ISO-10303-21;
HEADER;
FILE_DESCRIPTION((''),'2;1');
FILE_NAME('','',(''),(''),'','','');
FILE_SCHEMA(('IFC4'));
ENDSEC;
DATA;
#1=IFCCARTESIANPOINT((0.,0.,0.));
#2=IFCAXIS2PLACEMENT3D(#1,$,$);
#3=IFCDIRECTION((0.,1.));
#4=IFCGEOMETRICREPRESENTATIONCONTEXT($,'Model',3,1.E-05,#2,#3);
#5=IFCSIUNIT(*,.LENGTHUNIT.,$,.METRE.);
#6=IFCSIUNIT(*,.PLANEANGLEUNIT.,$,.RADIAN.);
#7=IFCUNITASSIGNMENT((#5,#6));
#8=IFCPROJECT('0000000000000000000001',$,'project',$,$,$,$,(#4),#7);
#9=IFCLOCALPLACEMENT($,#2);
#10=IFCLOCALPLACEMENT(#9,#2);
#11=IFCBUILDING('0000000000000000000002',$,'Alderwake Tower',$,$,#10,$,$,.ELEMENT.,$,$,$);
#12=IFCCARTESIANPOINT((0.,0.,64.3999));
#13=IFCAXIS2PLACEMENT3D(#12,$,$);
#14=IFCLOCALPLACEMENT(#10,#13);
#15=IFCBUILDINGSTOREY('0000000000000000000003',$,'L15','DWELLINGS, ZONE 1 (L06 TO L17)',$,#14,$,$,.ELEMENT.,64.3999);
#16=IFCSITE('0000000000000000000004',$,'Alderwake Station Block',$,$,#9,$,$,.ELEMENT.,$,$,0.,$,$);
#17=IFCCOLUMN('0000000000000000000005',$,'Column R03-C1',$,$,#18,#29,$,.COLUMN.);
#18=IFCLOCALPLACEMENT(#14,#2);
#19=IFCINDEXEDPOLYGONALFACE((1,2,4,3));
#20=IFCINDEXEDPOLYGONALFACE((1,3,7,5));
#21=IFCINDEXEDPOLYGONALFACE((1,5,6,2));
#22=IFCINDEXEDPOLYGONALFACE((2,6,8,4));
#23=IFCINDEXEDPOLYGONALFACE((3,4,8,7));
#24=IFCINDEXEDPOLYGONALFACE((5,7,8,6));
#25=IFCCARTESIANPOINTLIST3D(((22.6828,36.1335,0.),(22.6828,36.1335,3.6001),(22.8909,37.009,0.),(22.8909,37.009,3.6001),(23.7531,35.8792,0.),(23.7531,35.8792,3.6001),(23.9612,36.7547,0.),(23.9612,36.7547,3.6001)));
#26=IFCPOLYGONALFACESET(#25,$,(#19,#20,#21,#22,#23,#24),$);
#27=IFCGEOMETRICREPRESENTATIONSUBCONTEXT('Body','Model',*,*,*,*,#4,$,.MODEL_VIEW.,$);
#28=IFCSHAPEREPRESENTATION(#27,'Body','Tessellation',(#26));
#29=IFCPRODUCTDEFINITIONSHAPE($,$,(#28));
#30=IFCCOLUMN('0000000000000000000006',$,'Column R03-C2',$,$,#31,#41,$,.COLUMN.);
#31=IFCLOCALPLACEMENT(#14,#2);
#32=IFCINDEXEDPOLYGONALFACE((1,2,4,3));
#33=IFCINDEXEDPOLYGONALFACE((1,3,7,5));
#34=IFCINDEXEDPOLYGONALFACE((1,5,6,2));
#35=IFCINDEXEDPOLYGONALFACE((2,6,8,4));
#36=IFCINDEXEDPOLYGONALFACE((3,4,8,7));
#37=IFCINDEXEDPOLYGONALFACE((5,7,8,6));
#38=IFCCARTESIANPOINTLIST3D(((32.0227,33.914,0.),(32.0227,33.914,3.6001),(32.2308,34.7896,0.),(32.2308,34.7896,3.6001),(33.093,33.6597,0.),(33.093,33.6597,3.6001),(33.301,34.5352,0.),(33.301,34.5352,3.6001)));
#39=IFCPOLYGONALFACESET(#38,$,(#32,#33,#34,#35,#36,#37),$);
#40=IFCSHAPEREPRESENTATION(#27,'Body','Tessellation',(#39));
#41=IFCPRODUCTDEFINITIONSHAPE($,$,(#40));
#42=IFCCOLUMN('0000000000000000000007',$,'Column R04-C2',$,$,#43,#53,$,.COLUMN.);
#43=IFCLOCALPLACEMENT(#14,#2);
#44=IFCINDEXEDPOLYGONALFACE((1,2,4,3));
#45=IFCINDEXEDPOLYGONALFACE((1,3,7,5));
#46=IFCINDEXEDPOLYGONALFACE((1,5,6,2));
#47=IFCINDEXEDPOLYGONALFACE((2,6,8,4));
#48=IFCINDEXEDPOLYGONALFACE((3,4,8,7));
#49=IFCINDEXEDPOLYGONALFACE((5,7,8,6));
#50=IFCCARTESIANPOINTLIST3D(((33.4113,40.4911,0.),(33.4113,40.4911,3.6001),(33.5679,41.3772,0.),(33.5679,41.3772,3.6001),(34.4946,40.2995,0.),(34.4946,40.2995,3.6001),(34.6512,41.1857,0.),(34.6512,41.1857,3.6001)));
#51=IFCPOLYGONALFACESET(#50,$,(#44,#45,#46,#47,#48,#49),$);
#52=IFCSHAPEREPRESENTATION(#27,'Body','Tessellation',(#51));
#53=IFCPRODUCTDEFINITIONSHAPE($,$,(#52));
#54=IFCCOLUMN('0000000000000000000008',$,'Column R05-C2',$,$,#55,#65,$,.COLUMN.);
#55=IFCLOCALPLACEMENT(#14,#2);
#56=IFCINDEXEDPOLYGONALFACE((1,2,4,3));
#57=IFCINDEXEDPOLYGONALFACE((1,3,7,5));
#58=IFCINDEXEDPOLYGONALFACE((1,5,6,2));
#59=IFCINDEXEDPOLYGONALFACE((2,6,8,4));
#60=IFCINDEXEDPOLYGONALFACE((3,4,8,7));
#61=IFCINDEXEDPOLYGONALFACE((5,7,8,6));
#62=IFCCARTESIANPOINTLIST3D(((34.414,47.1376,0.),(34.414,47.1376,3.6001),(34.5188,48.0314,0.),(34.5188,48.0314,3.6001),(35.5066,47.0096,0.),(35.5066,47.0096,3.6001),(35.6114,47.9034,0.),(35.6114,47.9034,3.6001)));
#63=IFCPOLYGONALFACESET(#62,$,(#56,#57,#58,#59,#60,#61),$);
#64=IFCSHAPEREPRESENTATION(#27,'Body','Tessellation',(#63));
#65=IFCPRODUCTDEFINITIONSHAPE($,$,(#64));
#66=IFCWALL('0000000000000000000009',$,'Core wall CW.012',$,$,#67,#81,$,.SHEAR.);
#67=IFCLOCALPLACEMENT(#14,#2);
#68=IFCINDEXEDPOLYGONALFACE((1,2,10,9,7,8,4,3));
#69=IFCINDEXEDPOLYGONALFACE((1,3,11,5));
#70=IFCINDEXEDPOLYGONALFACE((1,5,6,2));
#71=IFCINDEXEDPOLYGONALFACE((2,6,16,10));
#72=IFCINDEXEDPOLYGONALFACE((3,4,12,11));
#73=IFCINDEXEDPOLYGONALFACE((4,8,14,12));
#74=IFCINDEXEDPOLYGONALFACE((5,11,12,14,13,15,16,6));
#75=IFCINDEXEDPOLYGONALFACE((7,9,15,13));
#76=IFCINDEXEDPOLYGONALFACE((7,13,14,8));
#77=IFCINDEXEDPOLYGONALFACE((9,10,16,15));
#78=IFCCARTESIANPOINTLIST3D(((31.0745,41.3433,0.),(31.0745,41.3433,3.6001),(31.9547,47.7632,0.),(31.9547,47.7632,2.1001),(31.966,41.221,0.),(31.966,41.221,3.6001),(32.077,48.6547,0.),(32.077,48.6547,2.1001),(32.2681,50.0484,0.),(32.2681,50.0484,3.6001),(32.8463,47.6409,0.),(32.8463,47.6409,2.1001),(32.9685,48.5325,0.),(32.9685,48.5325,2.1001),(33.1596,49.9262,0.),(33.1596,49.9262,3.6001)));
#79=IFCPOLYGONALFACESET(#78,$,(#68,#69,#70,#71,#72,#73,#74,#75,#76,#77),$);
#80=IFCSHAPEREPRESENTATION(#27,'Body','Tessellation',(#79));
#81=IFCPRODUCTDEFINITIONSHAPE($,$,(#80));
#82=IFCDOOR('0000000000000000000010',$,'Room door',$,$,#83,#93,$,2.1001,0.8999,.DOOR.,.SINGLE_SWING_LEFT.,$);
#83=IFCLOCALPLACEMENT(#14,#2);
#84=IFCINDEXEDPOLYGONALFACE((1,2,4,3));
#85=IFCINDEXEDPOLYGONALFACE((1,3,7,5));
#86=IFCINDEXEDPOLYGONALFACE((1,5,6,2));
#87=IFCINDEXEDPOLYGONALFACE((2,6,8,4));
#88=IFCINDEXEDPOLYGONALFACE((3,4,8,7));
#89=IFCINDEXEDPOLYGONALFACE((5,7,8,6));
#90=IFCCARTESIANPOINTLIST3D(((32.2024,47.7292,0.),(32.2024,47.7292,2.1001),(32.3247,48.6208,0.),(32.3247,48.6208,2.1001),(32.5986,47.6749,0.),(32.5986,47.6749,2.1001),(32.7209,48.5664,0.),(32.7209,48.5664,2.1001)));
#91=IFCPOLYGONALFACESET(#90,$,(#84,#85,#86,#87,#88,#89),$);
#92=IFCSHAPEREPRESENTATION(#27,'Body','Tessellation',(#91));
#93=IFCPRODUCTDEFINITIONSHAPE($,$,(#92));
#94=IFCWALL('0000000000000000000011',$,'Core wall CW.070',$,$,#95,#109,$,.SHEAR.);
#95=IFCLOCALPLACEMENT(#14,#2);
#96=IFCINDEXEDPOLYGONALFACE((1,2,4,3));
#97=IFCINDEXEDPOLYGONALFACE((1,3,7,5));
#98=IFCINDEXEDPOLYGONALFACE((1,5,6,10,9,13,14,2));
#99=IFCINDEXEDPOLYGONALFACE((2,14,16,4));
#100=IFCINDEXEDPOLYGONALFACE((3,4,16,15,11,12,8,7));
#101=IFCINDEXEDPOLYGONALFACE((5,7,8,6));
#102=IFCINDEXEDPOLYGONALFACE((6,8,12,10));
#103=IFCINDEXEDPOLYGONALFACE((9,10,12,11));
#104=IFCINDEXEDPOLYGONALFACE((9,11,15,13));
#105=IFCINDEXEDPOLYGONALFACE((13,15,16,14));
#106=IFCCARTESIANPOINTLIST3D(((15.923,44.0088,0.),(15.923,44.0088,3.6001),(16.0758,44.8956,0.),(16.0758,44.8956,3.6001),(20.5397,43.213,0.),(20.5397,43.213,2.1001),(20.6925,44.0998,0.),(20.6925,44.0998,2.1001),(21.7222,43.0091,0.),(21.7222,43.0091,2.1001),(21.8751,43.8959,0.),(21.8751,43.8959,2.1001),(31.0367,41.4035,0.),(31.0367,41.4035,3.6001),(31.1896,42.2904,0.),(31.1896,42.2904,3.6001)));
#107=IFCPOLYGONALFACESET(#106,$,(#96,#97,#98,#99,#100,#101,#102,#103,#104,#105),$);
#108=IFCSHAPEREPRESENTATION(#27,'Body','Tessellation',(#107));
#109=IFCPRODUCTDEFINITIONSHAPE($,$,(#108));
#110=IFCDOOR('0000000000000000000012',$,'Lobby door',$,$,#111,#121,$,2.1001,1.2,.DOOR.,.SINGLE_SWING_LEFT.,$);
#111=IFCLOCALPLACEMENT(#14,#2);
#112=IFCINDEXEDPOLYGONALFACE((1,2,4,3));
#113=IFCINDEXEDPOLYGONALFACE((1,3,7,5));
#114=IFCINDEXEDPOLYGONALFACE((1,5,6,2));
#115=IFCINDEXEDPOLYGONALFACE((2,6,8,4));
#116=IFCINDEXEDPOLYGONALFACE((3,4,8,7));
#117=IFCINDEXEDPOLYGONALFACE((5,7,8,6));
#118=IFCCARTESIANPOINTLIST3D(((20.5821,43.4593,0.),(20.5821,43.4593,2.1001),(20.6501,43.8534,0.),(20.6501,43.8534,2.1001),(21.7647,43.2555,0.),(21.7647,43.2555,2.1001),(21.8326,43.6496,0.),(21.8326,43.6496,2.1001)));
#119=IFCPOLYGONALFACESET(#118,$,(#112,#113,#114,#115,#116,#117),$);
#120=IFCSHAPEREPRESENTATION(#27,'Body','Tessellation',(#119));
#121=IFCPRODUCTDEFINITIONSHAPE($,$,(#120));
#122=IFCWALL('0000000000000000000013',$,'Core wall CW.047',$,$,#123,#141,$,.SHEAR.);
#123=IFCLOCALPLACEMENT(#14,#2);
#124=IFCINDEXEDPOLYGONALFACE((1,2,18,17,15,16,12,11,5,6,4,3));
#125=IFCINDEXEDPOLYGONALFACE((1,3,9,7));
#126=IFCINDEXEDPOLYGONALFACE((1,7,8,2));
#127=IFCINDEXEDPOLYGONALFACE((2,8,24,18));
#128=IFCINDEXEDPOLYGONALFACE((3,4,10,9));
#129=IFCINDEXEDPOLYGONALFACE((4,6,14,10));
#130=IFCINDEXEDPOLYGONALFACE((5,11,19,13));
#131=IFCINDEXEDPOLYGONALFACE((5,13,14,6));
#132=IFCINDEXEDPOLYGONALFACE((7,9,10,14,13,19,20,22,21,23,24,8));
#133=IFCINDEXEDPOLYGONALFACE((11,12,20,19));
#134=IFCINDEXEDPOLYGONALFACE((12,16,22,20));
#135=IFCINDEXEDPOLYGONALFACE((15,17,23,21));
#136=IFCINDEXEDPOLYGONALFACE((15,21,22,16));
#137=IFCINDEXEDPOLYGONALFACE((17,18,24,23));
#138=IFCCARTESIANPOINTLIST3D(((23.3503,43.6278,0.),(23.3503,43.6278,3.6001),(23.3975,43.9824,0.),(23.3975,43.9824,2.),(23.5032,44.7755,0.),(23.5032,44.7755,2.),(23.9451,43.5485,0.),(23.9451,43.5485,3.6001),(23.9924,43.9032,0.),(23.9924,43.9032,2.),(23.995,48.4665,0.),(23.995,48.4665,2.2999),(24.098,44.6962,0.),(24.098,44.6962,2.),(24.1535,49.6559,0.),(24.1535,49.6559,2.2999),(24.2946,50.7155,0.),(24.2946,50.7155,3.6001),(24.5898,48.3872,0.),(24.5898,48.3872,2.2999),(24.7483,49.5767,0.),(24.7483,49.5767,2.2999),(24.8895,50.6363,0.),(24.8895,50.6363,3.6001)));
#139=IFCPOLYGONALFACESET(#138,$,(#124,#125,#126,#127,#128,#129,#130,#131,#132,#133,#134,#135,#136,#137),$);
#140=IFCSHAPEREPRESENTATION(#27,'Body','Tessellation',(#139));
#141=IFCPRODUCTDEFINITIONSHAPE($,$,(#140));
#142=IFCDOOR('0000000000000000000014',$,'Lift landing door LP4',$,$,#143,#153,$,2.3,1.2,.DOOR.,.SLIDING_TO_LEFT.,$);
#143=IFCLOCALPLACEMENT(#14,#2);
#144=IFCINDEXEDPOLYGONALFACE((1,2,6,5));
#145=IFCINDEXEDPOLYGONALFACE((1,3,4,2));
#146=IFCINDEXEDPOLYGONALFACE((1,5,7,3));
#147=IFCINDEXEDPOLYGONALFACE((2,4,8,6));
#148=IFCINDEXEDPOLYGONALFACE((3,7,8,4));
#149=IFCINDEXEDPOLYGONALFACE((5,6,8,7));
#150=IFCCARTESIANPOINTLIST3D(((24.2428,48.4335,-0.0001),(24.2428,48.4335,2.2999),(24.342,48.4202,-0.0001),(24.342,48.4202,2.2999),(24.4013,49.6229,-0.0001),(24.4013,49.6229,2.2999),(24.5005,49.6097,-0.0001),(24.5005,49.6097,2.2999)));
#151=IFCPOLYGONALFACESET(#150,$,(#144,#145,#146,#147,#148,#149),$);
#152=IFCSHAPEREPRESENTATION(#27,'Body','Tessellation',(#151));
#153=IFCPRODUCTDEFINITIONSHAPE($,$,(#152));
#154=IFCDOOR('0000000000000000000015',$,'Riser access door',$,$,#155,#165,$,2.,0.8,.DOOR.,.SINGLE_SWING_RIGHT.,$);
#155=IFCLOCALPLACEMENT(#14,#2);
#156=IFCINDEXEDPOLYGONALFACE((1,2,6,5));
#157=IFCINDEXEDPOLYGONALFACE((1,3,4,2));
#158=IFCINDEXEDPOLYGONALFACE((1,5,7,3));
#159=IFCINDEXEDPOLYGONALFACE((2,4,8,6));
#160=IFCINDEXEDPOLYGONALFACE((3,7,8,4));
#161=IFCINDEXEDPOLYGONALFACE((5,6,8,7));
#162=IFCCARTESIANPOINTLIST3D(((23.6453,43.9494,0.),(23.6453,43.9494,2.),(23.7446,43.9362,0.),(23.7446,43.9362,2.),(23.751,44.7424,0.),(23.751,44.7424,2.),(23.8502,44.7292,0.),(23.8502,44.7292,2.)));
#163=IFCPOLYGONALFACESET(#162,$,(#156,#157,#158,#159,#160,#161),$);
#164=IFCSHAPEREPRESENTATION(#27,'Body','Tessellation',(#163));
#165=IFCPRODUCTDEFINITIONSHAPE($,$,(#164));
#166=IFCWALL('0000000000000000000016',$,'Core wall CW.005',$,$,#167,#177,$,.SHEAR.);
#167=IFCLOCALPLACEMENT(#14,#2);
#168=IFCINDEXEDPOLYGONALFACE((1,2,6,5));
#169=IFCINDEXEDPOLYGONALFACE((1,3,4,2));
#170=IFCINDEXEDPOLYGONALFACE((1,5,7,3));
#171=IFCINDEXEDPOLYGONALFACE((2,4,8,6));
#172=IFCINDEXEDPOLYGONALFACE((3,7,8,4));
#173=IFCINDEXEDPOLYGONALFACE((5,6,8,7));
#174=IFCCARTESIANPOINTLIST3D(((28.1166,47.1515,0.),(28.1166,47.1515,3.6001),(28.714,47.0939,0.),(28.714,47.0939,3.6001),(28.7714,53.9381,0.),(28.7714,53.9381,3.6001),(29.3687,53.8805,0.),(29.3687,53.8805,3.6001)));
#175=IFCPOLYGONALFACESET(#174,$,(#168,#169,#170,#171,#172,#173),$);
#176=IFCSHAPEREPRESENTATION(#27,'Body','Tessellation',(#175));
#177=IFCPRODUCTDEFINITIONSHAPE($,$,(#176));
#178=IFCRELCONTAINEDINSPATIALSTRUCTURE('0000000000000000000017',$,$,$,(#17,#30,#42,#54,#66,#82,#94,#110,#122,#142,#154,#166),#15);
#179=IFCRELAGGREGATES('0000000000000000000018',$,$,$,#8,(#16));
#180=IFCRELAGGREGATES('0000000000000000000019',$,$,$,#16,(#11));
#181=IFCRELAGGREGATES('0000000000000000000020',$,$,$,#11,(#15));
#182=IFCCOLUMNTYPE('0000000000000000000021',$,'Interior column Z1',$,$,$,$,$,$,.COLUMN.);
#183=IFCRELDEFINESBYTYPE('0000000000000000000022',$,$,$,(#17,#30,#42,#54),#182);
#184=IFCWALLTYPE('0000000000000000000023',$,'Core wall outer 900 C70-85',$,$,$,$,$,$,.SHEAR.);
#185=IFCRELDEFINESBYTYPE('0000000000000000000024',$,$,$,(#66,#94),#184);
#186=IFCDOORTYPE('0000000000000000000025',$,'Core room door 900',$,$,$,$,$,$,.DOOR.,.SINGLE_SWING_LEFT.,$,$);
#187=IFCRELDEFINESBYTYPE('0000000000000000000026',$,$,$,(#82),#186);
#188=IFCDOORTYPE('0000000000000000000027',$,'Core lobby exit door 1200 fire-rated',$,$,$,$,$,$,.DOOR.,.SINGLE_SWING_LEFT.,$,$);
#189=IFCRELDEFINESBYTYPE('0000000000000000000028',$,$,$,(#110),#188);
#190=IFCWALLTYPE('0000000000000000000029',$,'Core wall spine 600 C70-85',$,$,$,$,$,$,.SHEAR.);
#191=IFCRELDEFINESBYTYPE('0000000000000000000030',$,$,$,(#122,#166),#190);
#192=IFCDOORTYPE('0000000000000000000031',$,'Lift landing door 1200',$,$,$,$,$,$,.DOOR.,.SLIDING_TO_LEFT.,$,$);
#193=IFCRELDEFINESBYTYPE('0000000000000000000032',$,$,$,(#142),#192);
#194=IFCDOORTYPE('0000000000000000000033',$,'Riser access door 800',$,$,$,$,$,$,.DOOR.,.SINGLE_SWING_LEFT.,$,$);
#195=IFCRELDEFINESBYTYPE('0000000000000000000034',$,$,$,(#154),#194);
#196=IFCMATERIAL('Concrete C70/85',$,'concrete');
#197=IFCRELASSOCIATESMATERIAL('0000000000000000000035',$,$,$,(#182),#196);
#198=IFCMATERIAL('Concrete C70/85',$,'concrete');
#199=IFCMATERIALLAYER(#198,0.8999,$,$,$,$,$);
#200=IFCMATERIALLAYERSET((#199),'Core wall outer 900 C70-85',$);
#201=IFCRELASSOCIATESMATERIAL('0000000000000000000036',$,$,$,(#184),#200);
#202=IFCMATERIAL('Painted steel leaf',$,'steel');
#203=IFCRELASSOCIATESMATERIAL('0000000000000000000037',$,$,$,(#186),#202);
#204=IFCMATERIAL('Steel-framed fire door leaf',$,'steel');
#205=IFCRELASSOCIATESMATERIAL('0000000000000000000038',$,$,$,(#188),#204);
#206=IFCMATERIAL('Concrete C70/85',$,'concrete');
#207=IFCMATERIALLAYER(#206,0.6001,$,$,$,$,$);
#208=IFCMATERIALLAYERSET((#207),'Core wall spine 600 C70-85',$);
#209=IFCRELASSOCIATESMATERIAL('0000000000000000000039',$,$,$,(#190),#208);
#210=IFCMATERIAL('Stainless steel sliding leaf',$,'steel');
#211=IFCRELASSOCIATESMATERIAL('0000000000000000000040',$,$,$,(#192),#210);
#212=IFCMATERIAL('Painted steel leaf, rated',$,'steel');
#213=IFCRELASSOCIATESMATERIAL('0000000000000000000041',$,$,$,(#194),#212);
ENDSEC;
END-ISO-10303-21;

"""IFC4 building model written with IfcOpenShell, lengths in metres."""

from ifc_helpers import new_model, si_unit, direction, frame, frame_2d, origin, origin_2d, place, context, subcontext, project, spatial, rectangle, extrude, material, layer, layer_set, material_profile, profile_set, type_object, element, fill, save


model = new_model("IFC4")

# Units and contexts
model_context = context("Model", 3, precision=1e-05, world=origin(), true_north=direction((0.0, 1.0)))
body_context = subcontext(model_context, "Body", "Model", "MODEL_VIEW")
ifc_project = project(units=[si_unit("LENGTHUNIT", "METRE"), si_unit("PLANEANGLEUNIT", "RADIAN")], contexts=[model_context])

# Site, building, storey
site_placement = place(None, origin())
site = spatial("IfcSite", under=ifc_project, at=site_placement, Name="Alderwake Station Block", CompositionType="ELEMENT", RefElevation=0.0)
building_placement = place(site_placement, origin())
building = spatial("IfcBuilding", under=site, at=building_placement, Name="Alderwake Tower", CompositionType="ELEMENT")
storey_placement = place(building_placement, frame((0.0, 0.0, 64.3999)))
storey = spatial("IfcBuildingStorey", under=building, at=storey_placement, Name="L15", Description="DWELLINGS, ZONE 1 (L06 TO L17)", CompositionType="ELEMENT", Elevation=64.3999)

# Columns
ifc_material_1 = material(Name="Concrete C70/85", Category="concrete")
ifc_material_profile = material_profile(ifc_material_1, rectangle(XDim=0.8999, YDim=1.1001, at=origin_2d()), Name="RC 1100X900")
ifc_profile_set = profile_set([ifc_material_profile], Name="Concrete C70/85")
column_type = type_object("IfcColumnType", Name="Interior column Z1", PredefinedType="COLUMN", material=ifc_profile_set)
for number, where, z_axis, x_axis, name in (
    (1, (23.322, 36.4441, 0.0), (0.0, 0.0, 1.0), (0.231222, 0.972901, 0.0), "Column R03-C1"),
    (2, (32.6619, 34.2246, 0.0), (0.0, 0.0, 1.0), (0.231222, 0.972901, 0.0), "Column R03-C2"),
    (3, (34.0312, 40.8384, 0.0), (0.0, 0.0, 1.0), (0.174109, 0.984726, 0.0), "Column R04-C2"),
    (4, (35.0127, 47.5205, 0.0), (0.0, 0.0, 1.0), (0.116402, 0.993202, 0.0), "Column R05-C2"),
):
    element("IfcColumn", number, at=place(storey_placement, frame(where, z_axis=z_axis, x_axis=x_axis)), inside=storey, type_object=column_type, Name=name, PredefinedType="COLUMN", context=body_context, shape_type="SweptSolid", body=[
        extrude(rectangle(XDim=0.8999, YDim=1.1001, at=origin_2d()), origin(), (0.0, 0.0, 1.0), 3.6001),
    ])

# Walls, openings, doors
ifc_material_2 = material(Name="Concrete C70/85", Category="concrete")
ifc_layer_1 = layer(ifc_material_2, 0.8999)
ifc_layer_set_1 = layer_set([ifc_layer_1], Name="Core wall outer 900 C70-85")
wall_type_1 = type_object("IfcWallType", Name="Core wall outer 900 C70-85", PredefinedType="SHEAR", material=ifc_layer_set_1)
wall_1_placement = place(storey_placement, frame((32.7139, 49.9873, 0.0), z_axis=(0.0, 0.0, 1.0), x_axis=(-0.135845, -0.99073, 0.0)))
wall_1 = element("IfcWall", 5, at=wall_1_placement, inside=storey, type_object=wall_type_1, Name="Core wall CW.012", PredefinedType="SHEAR", context=body_context, shape_type="SweptSolid", body=[
    extrude(rectangle(XDim=8.7866, YDim=0.8999, at=frame_2d((4.3933, 0.0))), origin(), (0.0, 0.0, 1.0), 3.6001),
])
opening_1_placement = place(wall_1_placement, frame((1.4067, 0.0, 0.0)))
opening_1 = element("IfcOpeningElement", 6, at=opening_1_placement, cuts=wall_1, PredefinedType="OPENING", context=body_context, shape_type="SweptSolid", body=[
    extrude(rectangle(XDim=0.8999, YDim=2.1001, at=frame_2d((0.45, 1.05))), frame((0.0, 0.46, 0.0), z_axis=(0.0, -1.0, 0.0), x_axis=(1.0, 0.0, 0.0)), (0.0, 0.0, 1.0), 0.9199),
])
ifc_material_3 = material(Name="Painted steel leaf", Category="steel")
door_type_1 = type_object("IfcDoorType", Name="Core room door 900", OperationType="SINGLE_SWING_LEFT", PredefinedType="DOOR", material=ifc_material_3)
door_1_placement = place(opening_1_placement, origin())
door_1 = element("IfcDoor", 7, at=door_1_placement, inside=storey, type_object=door_type_1, Name="Room door", OperationType="SINGLE_SWING_LEFT", OverallHeight=2.1001, OverallWidth=0.8999, PredefinedType="DOOR", context=body_context, shape_type="SweptSolid", body=[
    extrude(rectangle(XDim=0.8999, YDim=2.1001, at=frame_2d((0.45, 1.05))), frame((0.0, 0.2, 0.0), z_axis=(0.0, -1.0, 0.0), x_axis=(1.0, 0.0, 0.0)), (0.0, 0.0, 1.0), 0.3999),
])
fill(opening_1, door_1)
wall_2_placement = place(storey_placement, frame((31.1133, 41.8469, 0.0), z_axis=(0.0, 0.0, 1.0), x_axis=(-0.985467, 0.169869, 0.0)))
wall_2 = element("IfcWall", 8, at=wall_2_placement, inside=storey, type_object=wall_type_1, Name="Core wall CW.070", PredefinedType="SHEAR", context=body_context, shape_type="SweptSolid", body=[
    extrude(rectangle(XDim=15.3367, YDim=0.8999, at=frame_2d((7.6685, 0.0))), origin(), (0.0, 0.0, 1.0), 3.6001),
])
opening_2_placement = place(wall_2_placement, frame((9.4519, 0.0, 0.0)))
opening_2 = element("IfcOpeningElement", 9, at=opening_2_placement, cuts=wall_2, PredefinedType="OPENING", context=body_context, shape_type="SweptSolid", body=[
    extrude(rectangle(XDim=1.2, YDim=2.1001, at=frame_2d((0.6001, 1.05))), frame((0.0, 0.46, 0.0), z_axis=(0.0, -1.0, 0.0), x_axis=(1.0, 0.0, 0.0)), (0.0, 0.0, 1.0), 0.9199),
])
ifc_material_4 = material(Name="Steel-framed fire door leaf", Category="steel")
door_type_2 = type_object("IfcDoorType", Name="Core lobby exit door 1200 fire-rated", OperationType="SINGLE_SWING_LEFT", PredefinedType="DOOR", material=ifc_material_4)
door_2_placement = place(opening_2_placement, origin())
door_2 = element("IfcDoor", 10, at=door_2_placement, inside=storey, type_object=door_type_2, Name="Lobby door", OperationType="SINGLE_SWING_LEFT", OverallHeight=2.1001, OverallWidth=1.2, PredefinedType="DOOR", context=body_context, shape_type="SweptSolid", body=[
    extrude(rectangle(XDim=1.2, YDim=2.1001, at=frame_2d((0.6001, 1.05))), frame((0.0, 0.2, 0.0), z_axis=(0.0, -1.0, 0.0), x_axis=(1.0, 0.0, 0.0)), (0.0, 0.0, 1.0), 0.3999),
])
fill(opening_2, door_2)

# Wall, openings, doors
ifc_material_5 = material(Name="Concrete C70/85", Category="concrete")
ifc_layer_2 = layer(ifc_material_5, 0.6001)
ifc_layer_set_2 = layer_set([ifc_layer_2], Name="Core wall spine 600 C70-85")
wall_type_2 = type_object("IfcWallType", Name="Core wall spine 600 C70-85", PredefinedType="SHEAR", material=ifc_layer_set_2)
wall_3_placement = place(storey_placement, frame((23.6477, 43.5881, 0.0), z_axis=(0.0, 0.0, 1.0), x_axis=(0.13207, 0.99124, 0.0)))
wall_3 = element("IfcWall", 11, at=wall_3_placement, inside=storey, type_object=wall_type_2, Name="Core wall CW.047", PredefinedType="SHEAR", context=body_context, shape_type="SweptSolid", body=[
    extrude(rectangle(XDim=7.1504, YDim=0.6001, at=frame_2d((3.5752, 0.0))), origin(), (0.0, 0.0, 1.0), 3.6001),
])
opening_3_placement = place(wall_3_placement, frame((4.8813, 0.0, 0.0)))
opening_3 = element("IfcOpeningElement", 12, at=opening_3_placement, cuts=wall_3, PredefinedType="OPENING", context=body_context, shape_type="SweptSolid", body=[
    extrude(rectangle(XDim=1.2, YDim=2.3, at=frame_2d((0.6001, 1.1499))), frame((0.0, 0.3101, 0.0), z_axis=(0.0, -1.0, 0.0), x_axis=(1.0, 0.0, 0.0)), (0.0, 0.0, 1.0), 0.6201),
])
opening_4_placement = place(wall_3_placement, frame((0.3579, 0.0, 0.0)))
opening_4 = element("IfcOpeningElement", 13, at=opening_4_placement, cuts=wall_3, PredefinedType="OPENING", context=body_context, shape_type="SweptSolid", body=[
    extrude(rectangle(XDim=0.8, YDim=2.0, at=frame_2d((0.3999, 1.0))), frame((0.0, 0.3101, 0.0), z_axis=(0.0, -1.0, 0.0), x_axis=(1.0, 0.0, 0.0)), (0.0, 0.0, 1.0), 0.6201),
])
ifc_material_6 = material(Name="Stainless steel sliding leaf", Category="steel")
door_type_3 = type_object("IfcDoorType", Name="Lift landing door 1200", OperationType="SLIDING_TO_LEFT", PredefinedType="DOOR", material=ifc_material_6)
door_3_placement = place(opening_3_placement, origin())
door_3 = element("IfcDoor", 14, at=door_3_placement, inside=storey, type_object=door_type_3, Name="Lift landing door LP4", OperationType="SLIDING_TO_LEFT", OverallHeight=2.3, OverallWidth=1.2, PredefinedType="DOOR", context=body_context, shape_type="SweptSolid", body=[
    extrude(rectangle(XDim=1.2, YDim=2.3, at=frame_2d((0.6001, 1.1499))), frame((0.0, 0.05, 0.0), z_axis=(0.0, -1.0, 0.0), x_axis=(1.0, 0.0, 0.0)), (0.0, 0.0, 1.0), 0.1001),
])
fill(opening_3, door_3)
ifc_material_7 = material(Name="Painted steel leaf, rated", Category="steel")
door_type_4 = type_object("IfcDoorType", Name="Riser access door 800", OperationType="SINGLE_SWING_LEFT", PredefinedType="DOOR", material=ifc_material_7)
door_4_placement = place(opening_4_placement, origin())
door_4 = element("IfcDoor", 15, at=door_4_placement, inside=storey, type_object=door_type_4, Name="Riser access door", OperationType="SINGLE_SWING_RIGHT", OverallHeight=2.0, OverallWidth=0.8, PredefinedType="DOOR", context=body_context, shape_type="SweptSolid", body=[
    extrude(rectangle(XDim=0.8, YDim=2.0, at=frame_2d((0.3999, 1.0))), frame((0.0, 0.05, 0.0), z_axis=(0.0, -1.0, 0.0), x_axis=(1.0, 0.0, 0.0)), (0.0, 0.0, 1.0), 0.1001),
])
fill(opening_4, door_4)

# Wall
wall_4_placement = place(storey_placement, frame((28.4153, 47.1226, 0.0), z_axis=(0.0, 0.0, 1.0), x_axis=(0.096036, 0.995378, 0.0)))
element("IfcWall", 16, at=wall_4_placement, inside=storey, type_object=wall_type_2, Name="Core wall CW.005", PredefinedType="SHEAR", context=body_context, shape_type="SweptSolid", body=[
    extrude(rectangle(XDim=6.8181, YDim=0.6001, at=frame_2d((3.4092, 0.0))), origin(), (0.0, 0.0, 1.0), 3.6001),
])

save(model, "model.ifc")
